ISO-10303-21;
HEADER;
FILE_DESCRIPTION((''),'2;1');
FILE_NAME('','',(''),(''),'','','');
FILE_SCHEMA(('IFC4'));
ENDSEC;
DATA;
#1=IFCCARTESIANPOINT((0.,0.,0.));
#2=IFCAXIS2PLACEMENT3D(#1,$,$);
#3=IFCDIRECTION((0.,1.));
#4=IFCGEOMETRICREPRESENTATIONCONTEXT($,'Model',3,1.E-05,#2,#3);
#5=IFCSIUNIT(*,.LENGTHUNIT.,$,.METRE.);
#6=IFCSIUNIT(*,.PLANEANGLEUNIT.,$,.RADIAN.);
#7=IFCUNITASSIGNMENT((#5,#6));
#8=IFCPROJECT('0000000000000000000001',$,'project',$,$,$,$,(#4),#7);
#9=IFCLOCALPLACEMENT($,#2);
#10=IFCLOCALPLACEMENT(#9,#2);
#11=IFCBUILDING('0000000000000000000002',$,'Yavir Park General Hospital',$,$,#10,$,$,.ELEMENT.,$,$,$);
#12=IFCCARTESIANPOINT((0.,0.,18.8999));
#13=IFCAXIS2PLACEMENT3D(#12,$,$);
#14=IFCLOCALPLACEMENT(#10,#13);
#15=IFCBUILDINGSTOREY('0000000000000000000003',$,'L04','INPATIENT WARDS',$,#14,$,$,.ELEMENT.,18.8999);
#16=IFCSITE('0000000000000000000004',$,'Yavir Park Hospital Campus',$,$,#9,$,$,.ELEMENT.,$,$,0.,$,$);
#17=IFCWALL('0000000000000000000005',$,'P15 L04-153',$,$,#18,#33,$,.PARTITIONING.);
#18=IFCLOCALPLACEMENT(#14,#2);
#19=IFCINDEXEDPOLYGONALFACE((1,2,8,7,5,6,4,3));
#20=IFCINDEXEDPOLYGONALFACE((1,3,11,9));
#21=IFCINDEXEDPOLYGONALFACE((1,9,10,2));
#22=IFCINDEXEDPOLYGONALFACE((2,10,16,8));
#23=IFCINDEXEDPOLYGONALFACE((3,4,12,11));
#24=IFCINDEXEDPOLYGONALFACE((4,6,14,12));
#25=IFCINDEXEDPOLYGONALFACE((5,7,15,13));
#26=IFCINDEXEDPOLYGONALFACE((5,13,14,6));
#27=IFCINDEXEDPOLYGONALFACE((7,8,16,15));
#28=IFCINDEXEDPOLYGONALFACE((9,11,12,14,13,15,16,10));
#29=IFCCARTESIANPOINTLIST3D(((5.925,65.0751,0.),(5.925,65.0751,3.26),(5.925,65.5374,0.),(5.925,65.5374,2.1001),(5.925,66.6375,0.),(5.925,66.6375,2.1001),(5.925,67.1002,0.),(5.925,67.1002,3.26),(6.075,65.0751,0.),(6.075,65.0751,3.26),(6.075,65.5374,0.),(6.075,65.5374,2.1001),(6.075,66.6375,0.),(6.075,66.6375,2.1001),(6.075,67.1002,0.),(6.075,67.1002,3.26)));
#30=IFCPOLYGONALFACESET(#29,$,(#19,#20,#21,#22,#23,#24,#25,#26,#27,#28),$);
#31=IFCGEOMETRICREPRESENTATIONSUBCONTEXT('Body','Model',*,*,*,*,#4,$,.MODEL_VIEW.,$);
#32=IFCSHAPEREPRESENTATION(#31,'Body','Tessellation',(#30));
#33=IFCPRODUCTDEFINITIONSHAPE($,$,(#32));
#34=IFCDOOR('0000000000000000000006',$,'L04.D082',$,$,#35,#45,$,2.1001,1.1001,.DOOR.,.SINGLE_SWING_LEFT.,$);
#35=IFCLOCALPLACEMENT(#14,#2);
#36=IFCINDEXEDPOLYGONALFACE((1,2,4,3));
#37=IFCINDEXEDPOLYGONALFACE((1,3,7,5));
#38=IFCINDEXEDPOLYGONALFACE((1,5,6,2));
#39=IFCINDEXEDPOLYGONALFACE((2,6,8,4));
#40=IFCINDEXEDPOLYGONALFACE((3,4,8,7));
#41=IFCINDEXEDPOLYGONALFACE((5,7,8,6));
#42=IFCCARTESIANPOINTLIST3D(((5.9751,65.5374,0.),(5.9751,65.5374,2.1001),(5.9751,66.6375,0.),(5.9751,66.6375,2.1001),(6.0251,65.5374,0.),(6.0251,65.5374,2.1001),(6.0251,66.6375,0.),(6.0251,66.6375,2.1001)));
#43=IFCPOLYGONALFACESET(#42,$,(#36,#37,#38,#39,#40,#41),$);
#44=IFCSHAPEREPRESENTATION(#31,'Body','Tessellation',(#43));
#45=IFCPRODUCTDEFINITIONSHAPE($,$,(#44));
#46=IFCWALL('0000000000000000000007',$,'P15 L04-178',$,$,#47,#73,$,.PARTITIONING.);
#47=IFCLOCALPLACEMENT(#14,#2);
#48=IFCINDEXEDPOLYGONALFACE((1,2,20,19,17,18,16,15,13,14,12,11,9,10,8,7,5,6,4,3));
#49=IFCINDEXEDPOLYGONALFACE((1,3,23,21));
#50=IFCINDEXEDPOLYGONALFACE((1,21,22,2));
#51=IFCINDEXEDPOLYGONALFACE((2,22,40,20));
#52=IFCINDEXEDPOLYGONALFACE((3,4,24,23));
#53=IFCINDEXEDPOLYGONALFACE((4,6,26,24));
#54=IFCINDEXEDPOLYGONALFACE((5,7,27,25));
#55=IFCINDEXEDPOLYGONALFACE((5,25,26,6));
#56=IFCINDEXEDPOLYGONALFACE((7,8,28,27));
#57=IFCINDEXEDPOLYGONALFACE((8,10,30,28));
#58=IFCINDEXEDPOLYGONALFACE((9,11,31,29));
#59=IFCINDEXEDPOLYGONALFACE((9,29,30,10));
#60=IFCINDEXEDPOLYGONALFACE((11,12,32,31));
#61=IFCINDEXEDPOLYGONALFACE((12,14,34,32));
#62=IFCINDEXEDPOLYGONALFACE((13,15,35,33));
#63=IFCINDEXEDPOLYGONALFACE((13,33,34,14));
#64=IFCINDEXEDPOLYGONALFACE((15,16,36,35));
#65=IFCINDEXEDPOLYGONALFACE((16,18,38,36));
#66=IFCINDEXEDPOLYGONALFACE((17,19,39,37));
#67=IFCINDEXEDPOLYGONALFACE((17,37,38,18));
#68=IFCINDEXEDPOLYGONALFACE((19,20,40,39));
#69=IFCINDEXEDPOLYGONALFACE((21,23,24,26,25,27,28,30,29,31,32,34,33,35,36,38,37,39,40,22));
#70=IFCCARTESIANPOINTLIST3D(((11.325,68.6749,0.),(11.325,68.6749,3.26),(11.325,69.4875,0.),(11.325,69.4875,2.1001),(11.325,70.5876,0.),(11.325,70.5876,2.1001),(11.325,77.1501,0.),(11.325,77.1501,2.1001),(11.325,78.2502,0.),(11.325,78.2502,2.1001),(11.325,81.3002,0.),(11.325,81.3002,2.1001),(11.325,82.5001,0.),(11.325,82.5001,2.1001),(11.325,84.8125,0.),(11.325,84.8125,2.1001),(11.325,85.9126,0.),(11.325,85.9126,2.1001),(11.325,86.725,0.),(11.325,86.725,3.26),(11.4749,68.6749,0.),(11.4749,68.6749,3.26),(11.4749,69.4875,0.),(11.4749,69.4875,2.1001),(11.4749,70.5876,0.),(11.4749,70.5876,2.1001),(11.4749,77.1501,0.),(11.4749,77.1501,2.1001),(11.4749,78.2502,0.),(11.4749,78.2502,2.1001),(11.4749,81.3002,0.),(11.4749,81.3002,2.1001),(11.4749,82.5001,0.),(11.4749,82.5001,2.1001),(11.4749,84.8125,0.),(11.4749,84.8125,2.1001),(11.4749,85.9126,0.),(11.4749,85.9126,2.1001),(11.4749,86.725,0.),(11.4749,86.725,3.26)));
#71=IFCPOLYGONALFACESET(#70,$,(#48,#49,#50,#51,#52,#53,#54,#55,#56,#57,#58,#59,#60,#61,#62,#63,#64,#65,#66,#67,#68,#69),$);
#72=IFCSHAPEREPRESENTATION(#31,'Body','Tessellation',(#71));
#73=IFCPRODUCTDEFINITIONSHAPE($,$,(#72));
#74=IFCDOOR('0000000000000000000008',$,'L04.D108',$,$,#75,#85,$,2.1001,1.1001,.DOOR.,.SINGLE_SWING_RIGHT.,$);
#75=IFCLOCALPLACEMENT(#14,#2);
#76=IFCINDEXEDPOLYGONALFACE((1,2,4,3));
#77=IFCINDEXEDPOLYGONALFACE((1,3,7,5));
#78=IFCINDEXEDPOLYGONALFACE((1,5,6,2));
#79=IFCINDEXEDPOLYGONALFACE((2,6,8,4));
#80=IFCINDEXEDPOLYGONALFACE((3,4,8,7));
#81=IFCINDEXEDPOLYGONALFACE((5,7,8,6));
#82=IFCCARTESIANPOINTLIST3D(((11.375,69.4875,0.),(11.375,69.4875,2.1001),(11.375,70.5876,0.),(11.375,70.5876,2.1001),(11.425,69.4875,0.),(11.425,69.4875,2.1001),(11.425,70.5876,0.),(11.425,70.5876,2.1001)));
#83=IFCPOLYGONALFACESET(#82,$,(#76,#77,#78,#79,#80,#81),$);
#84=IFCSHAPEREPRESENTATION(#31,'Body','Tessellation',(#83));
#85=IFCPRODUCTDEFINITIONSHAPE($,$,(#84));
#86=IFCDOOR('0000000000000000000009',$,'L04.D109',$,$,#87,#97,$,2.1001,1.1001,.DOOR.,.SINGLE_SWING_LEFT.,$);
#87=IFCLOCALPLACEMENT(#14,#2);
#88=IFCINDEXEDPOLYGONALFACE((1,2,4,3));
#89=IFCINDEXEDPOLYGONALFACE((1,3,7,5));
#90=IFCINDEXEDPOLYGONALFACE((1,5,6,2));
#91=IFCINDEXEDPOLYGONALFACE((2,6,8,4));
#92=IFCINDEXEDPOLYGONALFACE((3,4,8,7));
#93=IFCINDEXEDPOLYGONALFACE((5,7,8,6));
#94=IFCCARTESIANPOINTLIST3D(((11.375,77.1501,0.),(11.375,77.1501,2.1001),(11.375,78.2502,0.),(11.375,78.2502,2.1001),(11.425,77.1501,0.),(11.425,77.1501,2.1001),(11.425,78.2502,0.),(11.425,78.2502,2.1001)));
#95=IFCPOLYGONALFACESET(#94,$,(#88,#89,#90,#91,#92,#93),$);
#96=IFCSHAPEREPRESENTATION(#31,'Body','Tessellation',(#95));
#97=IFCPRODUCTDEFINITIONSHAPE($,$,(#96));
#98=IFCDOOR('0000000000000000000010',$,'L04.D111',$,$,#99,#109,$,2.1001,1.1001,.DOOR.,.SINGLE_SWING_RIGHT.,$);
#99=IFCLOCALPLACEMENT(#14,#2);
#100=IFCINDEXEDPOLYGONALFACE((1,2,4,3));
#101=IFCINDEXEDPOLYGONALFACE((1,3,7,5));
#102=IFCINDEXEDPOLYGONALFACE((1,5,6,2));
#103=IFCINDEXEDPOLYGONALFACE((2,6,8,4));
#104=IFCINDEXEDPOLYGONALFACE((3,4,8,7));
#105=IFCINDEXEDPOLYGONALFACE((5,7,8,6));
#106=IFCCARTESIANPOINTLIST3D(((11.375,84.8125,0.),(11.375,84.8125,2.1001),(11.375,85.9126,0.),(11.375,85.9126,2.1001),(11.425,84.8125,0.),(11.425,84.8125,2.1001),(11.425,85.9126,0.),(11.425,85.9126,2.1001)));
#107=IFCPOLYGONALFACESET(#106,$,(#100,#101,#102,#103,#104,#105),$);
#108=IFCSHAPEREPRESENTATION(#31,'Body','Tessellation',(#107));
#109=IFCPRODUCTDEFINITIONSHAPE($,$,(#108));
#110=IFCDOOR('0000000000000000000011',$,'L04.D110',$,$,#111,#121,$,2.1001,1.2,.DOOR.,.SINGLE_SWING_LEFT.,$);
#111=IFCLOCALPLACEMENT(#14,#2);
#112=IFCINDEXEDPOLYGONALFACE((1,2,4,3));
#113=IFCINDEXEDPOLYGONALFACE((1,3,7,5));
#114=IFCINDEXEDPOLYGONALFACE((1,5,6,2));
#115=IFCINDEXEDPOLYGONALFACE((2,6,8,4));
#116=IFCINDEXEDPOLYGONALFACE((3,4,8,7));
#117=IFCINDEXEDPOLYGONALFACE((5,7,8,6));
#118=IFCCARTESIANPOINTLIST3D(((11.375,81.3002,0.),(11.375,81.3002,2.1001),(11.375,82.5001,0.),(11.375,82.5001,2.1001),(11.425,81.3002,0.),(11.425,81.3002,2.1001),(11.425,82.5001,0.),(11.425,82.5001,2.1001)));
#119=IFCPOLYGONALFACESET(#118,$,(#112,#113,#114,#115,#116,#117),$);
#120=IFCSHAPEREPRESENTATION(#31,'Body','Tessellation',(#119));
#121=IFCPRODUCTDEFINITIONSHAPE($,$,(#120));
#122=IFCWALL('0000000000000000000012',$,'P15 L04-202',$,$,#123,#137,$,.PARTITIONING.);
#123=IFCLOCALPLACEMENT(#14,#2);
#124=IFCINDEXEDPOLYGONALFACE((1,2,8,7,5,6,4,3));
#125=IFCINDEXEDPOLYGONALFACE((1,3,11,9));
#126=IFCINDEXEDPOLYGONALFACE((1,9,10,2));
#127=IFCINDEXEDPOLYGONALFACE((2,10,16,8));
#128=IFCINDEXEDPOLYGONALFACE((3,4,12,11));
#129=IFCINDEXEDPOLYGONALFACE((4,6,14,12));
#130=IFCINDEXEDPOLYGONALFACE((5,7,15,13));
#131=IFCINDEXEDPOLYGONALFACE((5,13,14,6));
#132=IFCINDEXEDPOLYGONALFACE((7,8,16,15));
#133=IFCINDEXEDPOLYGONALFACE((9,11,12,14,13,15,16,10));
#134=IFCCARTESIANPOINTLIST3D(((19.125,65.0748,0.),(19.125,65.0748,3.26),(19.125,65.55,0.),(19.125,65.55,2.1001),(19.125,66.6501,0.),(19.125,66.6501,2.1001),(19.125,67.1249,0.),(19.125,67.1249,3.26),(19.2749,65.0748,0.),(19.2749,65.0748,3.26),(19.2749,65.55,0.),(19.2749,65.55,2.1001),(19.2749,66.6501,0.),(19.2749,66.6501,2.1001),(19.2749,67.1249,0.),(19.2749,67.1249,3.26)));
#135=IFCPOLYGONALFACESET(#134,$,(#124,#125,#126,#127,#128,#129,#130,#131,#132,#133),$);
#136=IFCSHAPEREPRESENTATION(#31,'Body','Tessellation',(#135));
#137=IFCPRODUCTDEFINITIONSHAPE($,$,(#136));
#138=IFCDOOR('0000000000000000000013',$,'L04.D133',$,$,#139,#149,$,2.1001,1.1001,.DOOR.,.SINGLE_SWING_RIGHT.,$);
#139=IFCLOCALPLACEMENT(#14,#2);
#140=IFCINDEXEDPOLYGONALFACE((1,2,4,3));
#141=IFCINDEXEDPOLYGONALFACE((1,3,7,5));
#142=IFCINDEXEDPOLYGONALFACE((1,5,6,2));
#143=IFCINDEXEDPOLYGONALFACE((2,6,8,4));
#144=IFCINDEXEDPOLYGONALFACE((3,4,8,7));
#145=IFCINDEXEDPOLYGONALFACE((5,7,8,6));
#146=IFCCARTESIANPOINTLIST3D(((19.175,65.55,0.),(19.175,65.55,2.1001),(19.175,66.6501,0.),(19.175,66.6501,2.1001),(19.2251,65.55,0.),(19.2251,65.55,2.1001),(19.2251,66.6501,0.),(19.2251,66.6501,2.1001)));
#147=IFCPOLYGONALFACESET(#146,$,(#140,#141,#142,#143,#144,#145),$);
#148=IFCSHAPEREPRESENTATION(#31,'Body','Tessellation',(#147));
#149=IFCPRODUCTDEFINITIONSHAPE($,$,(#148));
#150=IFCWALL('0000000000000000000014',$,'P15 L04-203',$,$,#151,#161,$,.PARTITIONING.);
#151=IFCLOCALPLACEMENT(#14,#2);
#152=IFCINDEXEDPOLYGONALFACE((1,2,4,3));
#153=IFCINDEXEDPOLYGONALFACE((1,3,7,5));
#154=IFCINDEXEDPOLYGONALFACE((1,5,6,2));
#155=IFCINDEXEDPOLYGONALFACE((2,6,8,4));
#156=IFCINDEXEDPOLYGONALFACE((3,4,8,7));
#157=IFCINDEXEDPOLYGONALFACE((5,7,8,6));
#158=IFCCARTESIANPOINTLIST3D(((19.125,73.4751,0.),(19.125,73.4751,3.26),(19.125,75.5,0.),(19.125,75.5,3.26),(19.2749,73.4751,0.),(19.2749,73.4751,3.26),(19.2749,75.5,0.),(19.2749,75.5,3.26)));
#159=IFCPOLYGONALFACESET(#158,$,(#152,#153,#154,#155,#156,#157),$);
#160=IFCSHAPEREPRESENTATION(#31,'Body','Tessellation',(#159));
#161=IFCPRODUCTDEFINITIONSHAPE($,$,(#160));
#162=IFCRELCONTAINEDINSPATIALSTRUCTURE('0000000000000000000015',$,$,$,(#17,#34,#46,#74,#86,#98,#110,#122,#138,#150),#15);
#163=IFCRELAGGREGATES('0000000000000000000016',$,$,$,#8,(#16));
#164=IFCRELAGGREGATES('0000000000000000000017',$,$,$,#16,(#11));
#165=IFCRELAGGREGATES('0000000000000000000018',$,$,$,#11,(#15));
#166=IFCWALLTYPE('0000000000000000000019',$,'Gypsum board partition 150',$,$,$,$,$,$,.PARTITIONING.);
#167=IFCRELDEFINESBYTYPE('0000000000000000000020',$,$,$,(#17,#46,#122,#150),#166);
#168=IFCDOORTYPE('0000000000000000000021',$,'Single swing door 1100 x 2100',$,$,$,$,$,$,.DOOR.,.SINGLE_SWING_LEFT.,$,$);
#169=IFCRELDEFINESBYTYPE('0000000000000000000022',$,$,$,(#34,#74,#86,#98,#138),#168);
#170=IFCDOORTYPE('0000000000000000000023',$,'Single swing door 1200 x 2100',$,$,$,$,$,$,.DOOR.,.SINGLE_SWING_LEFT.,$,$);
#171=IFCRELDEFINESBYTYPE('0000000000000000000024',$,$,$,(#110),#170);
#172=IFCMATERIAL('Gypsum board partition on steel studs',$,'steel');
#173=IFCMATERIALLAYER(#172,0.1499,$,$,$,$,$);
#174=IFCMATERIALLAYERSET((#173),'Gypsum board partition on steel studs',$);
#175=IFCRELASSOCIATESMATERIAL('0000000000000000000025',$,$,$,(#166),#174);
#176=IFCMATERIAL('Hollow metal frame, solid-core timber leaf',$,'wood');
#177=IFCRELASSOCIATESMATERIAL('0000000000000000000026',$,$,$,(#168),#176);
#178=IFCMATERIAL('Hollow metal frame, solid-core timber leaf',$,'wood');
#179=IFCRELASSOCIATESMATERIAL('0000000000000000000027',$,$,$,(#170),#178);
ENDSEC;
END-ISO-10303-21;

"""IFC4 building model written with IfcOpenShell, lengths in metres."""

from ifc_helpers import new_model, si_unit, direction, frame, frame_2d, origin, place, context, subcontext, project, spatial, rectangle, extrude, material, layer, layer_set, type_object, element, fill, save


model = new_model("IFC4")

# Units and contexts
model_context = context("Model", 3, precision=1e-05, world=origin(), true_north=direction((0.0, 1.0)))
body_context = subcontext(model_context, "Body", "Model", "MODEL_VIEW")
ifc_project = project(units=[si_unit("LENGTHUNIT", "METRE"), si_unit("PLANEANGLEUNIT", "RADIAN")], contexts=[model_context])

# Site, building, storey
site_placement = place(None, origin())
site = spatial("IfcSite", under=ifc_project, at=site_placement, Name="Yavir Park Hospital Campus", CompositionType="ELEMENT", RefElevation=0.0)
building_placement = place(site_placement, origin())
building = spatial("IfcBuilding", under=site, at=building_placement, Name="Yavir Park General Hospital", CompositionType="ELEMENT")
storey_placement = place(building_placement, frame((0.0, 0.0, 18.8999)))
storey = spatial("IfcBuildingStorey", under=building, at=storey_placement, Name="L04", Description="INPATIENT WARDS", CompositionType="ELEMENT", Elevation=18.8999)

# Shared definitions
ifc_material_1 = material(Name="Gypsum board partition on steel studs", Category="steel")
ifc_layer_1 = layer(ifc_material_1, 0.1499)
ifc_layer_set_1 = layer_set([ifc_layer_1], Name="Gypsum board partition on steel studs")
wall_type_1 = type_object("IfcWallType", Name="Gypsum board partition 150", PredefinedType="PARTITIONING", material=ifc_layer_set_1)

# Wall, opening, door
ifc_material_2 = material(Name="Hollow metal frame, solid-core timber leaf", Category="wood")
door_type_1 = type_object("IfcDoorType", Name="Single swing door 1100 x 2100", OperationType="SINGLE_SWING_LEFT", PredefinedType="DOOR", material=ifc_material_2)
wall_1_placement = place(storey_placement, frame((6.0, 65.075, 0.0), z_axis=(0.0, 0.0, 1.0), x_axis=(0.0, 1.0, 0.0)))
wall_1 = element("IfcWall", 1, at=wall_1_placement, inside=storey, type_object=wall_type_1, Name="P15 L04-153", PredefinedType="PARTITIONING", context=body_context, shape_type="SweptSolid", body=[
    extrude(rectangle(XDim=2.0251, YDim=0.1499, at=frame_2d((1.0127, 0.0))), origin(), (0.0, 0.0, 1.0), 3.26),
])
opening_1_placement = place(wall_1_placement, frame((0.4624, 0.0, 0.0)))
opening_1 = element("IfcOpeningElement", 2, at=opening_1_placement, cuts=wall_1, PredefinedType="OPENING", context=body_context, shape_type="SweptSolid", body=[
    extrude(rectangle(XDim=1.1001, YDim=2.1001, at=frame_2d((0.55, 1.05))), frame((0.0, 0.085, 0.0), z_axis=(0.0, -1.0, 0.0), x_axis=(1.0, 0.0, 0.0)), (0.0, 0.0, 1.0), 0.1699),
])
door_1_placement = place(opening_1_placement, origin())
door_1 = element("IfcDoor", 3, at=door_1_placement, inside=storey, type_object=door_type_1, Name="L04.D082", OperationType="SINGLE_SWING_LEFT", OverallHeight=2.1001, OverallWidth=1.1001, PredefinedType="DOOR", context=body_context, shape_type="SweptSolid", body=[
    extrude(rectangle(XDim=1.1001, YDim=2.1001, at=frame_2d((0.55, 1.05))), frame((0.0, 0.0249, 0.0), z_axis=(0.0, -1.0, 0.0), x_axis=(1.0, 0.0, 0.0)), (0.0, 0.0, 1.0), 0.05),
])
fill(opening_1, door_1)

# Wall, openings, doors
wall_2_placement = place(storey_placement, frame((11.3999, 68.675, 0.0), z_axis=(0.0, 0.0, 1.0), x_axis=(0.0, 1.0, 0.0)))
wall_2 = element("IfcWall", 4, at=wall_2_placement, inside=storey, type_object=wall_type_1, Name="P15 L04-178", PredefinedType="PARTITIONING", context=body_context, shape_type="SweptSolid", body=[
    extrude(rectangle(XDim=18.05, YDim=0.1499, at=frame_2d((9.0249, 0.0))), origin(), (0.0, 0.0, 1.0), 3.26),
])
opening_2_placement = place(wall_2_placement, frame((0.8125, 0.0, 0.0)))
opening_2 = element("IfcOpeningElement", 5, at=opening_2_placement, cuts=wall_2, PredefinedType="OPENING", context=body_context, shape_type="SweptSolid", body=[
    extrude(rectangle(XDim=1.1001, YDim=2.1001, at=frame_2d((0.55, 1.05))), frame((0.0, 0.085, 0.0), z_axis=(0.0, -1.0, 0.0), x_axis=(1.0, 0.0, 0.0)), (0.0, 0.0, 1.0), 0.1699),
])
opening_3_placement = place(wall_2_placement, frame((8.4751, 0.0, 0.0)))
opening_3 = element("IfcOpeningElement", 6, at=opening_3_placement, cuts=wall_2, PredefinedType="OPENING", context=body_context, shape_type="SweptSolid", body=[
    extrude(rectangle(XDim=1.1001, YDim=2.1001, at=frame_2d((0.55, 1.05))), frame((0.0, 0.085, 0.0), z_axis=(0.0, -1.0, 0.0), x_axis=(1.0, 0.0, 0.0)), (0.0, 0.0, 1.0), 0.1699),
])
opening_4_placement = place(wall_2_placement, frame((12.625, 0.0, 0.0)))
opening_4 = element("IfcOpeningElement", 7, at=opening_4_placement, cuts=wall_2, PredefinedType="OPENING", context=body_context, shape_type="SweptSolid", body=[
    extrude(rectangle(XDim=1.2, YDim=2.1001, at=frame_2d((0.6001, 1.05))), frame((0.0, 0.085, 0.0), z_axis=(0.0, -1.0, 0.0), x_axis=(1.0, 0.0, 0.0)), (0.0, 0.0, 1.0), 0.1699),
])
opening_5_placement = place(wall_2_placement, frame((16.1375, 0.0, 0.0)))
opening_5 = element("IfcOpeningElement", 8, at=opening_5_placement, cuts=wall_2, PredefinedType="OPENING", context=body_context, shape_type="SweptSolid", body=[
    extrude(rectangle(XDim=1.1001, YDim=2.1001, at=frame_2d((0.55, 1.05))), frame((0.0, 0.085, 0.0), z_axis=(0.0, -1.0, 0.0), x_axis=(1.0, 0.0, 0.0)), (0.0, 0.0, 1.0), 0.1699),
])
door_2_placement = place(opening_2_placement, origin())
door_2 = element("IfcDoor", 9, at=door_2_placement, inside=storey, type_object=door_type_1, Name="L04.D108", OperationType="SINGLE_SWING_RIGHT", OverallHeight=2.1001, OverallWidth=1.1001, PredefinedType="DOOR", context=body_context, shape_type="SweptSolid", body=[
    extrude(rectangle(XDim=1.1001, YDim=2.1001, at=frame_2d((0.55, 1.05))), frame((0.0, 0.0249, 0.0), z_axis=(0.0, -1.0, 0.0), x_axis=(1.0, 0.0, 0.0)), (0.0, 0.0, 1.0), 0.05),
])
fill(opening_2, door_2)
door_3_placement = place(opening_3_placement, origin())
door_3 = element("IfcDoor", 10, at=door_3_placement, inside=storey, type_object=door_type_1, Name="L04.D109", OperationType="SINGLE_SWING_LEFT", OverallHeight=2.1001, OverallWidth=1.1001, PredefinedType="DOOR", context=body_context, shape_type="SweptSolid", body=[
    extrude(rectangle(XDim=1.1001, YDim=2.1001, at=frame_2d((0.55, 1.05))), frame((0.0, 0.0249, 0.0), z_axis=(0.0, -1.0, 0.0), x_axis=(1.0, 0.0, 0.0)), (0.0, 0.0, 1.0), 0.05),
])
fill(opening_3, door_3)
door_4_placement = place(opening_5_placement, origin())
door_4 = element("IfcDoor", 11, at=door_4_placement, inside=storey, type_object=door_type_1, Name="L04.D111", OperationType="SINGLE_SWING_RIGHT", OverallHeight=2.1001, OverallWidth=1.1001, PredefinedType="DOOR", context=body_context, shape_type="SweptSolid", body=[
    extrude(rectangle(XDim=1.1001, YDim=2.1001, at=frame_2d((0.55, 1.05))), frame((0.0, 0.0249, 0.0), z_axis=(0.0, -1.0, 0.0), x_axis=(1.0, 0.0, 0.0)), (0.0, 0.0, 1.0), 0.05),
])
fill(opening_5, door_4)
ifc_material_3 = material(Name="Hollow metal frame, solid-core timber leaf", Category="wood")
door_type_2 = type_object("IfcDoorType", Name="Single swing door 1200 x 2100", OperationType="SINGLE_SWING_LEFT", PredefinedType="DOOR", material=ifc_material_3)
door_5_placement = place(opening_4_placement, origin())
door_5 = element("IfcDoor", 12, at=door_5_placement, inside=storey, type_object=door_type_2, Name="L04.D110", OperationType="SINGLE_SWING_LEFT", OverallHeight=2.1001, OverallWidth=1.2, PredefinedType="DOOR", context=body_context, shape_type="SweptSolid", body=[
    extrude(rectangle(XDim=1.2, YDim=2.1001, at=frame_2d((0.6001, 1.05))), frame((0.0, 0.0249, 0.0), z_axis=(0.0, -1.0, 0.0), x_axis=(1.0, 0.0, 0.0)), (0.0, 0.0, 1.0), 0.05),
])
fill(opening_4, door_5)

# Wall, opening, door
wall_3_placement = place(storey_placement, frame((19.2, 65.075, 0.0), z_axis=(0.0, 0.0, 1.0), x_axis=(0.0, 1.0, 0.0)))
wall_3 = element("IfcWall", 13, at=wall_3_placement, inside=storey, type_object=wall_type_1, Name="P15 L04-202", PredefinedType="PARTITIONING", context=body_context, shape_type="SweptSolid", body=[
    extrude(rectangle(XDim=2.05, YDim=0.1499, at=frame_2d((1.0249, 0.0))), origin(), (0.0, 0.0, 1.0), 3.26),
])
opening_6_placement = place(wall_3_placement, frame((0.4751, 0.0, 0.0)))
opening_6 = element("IfcOpeningElement", 14, at=opening_6_placement, cuts=wall_3, PredefinedType="OPENING", context=body_context, shape_type="SweptSolid", body=[
    extrude(rectangle(XDim=1.1001, YDim=2.1001, at=frame_2d((0.55, 1.05))), frame((0.0, 0.085, 0.0), z_axis=(0.0, -1.0, 0.0), x_axis=(1.0, 0.0, 0.0)), (0.0, 0.0, 1.0), 0.1699),
])
door_6_placement = place(opening_6_placement, origin())
door_6 = element("IfcDoor", 15, at=door_6_placement, inside=storey, type_object=door_type_1, Name="L04.D133", OperationType="SINGLE_SWING_RIGHT", OverallHeight=2.1001, OverallWidth=1.1001, PredefinedType="DOOR", context=body_context, shape_type="SweptSolid", body=[
    extrude(rectangle(XDim=1.1001, YDim=2.1001, at=frame_2d((0.55, 1.05))), frame((0.0, 0.0249, 0.0), z_axis=(0.0, -1.0, 0.0), x_axis=(1.0, 0.0, 0.0)), (0.0, 0.0, 1.0), 0.05),
])
fill(opening_6, door_6)

# Wall
wall_4_placement = place(storey_placement, frame((19.2, 73.4751, 0.0), z_axis=(0.0, 0.0, 1.0), x_axis=(0.0, 1.0, 0.0)))
element("IfcWall", 16, at=wall_4_placement, inside=storey, type_object=wall_type_1, Name="P15 L04-203", PredefinedType="PARTITIONING", context=body_context, shape_type="SweptSolid", body=[
    extrude(rectangle(XDim=2.0249, YDim=0.1499, at=frame_2d((1.0125, 0.0))), origin(), (0.0, 0.0, 1.0), 3.26),
])

save(model, "model.ifc")
